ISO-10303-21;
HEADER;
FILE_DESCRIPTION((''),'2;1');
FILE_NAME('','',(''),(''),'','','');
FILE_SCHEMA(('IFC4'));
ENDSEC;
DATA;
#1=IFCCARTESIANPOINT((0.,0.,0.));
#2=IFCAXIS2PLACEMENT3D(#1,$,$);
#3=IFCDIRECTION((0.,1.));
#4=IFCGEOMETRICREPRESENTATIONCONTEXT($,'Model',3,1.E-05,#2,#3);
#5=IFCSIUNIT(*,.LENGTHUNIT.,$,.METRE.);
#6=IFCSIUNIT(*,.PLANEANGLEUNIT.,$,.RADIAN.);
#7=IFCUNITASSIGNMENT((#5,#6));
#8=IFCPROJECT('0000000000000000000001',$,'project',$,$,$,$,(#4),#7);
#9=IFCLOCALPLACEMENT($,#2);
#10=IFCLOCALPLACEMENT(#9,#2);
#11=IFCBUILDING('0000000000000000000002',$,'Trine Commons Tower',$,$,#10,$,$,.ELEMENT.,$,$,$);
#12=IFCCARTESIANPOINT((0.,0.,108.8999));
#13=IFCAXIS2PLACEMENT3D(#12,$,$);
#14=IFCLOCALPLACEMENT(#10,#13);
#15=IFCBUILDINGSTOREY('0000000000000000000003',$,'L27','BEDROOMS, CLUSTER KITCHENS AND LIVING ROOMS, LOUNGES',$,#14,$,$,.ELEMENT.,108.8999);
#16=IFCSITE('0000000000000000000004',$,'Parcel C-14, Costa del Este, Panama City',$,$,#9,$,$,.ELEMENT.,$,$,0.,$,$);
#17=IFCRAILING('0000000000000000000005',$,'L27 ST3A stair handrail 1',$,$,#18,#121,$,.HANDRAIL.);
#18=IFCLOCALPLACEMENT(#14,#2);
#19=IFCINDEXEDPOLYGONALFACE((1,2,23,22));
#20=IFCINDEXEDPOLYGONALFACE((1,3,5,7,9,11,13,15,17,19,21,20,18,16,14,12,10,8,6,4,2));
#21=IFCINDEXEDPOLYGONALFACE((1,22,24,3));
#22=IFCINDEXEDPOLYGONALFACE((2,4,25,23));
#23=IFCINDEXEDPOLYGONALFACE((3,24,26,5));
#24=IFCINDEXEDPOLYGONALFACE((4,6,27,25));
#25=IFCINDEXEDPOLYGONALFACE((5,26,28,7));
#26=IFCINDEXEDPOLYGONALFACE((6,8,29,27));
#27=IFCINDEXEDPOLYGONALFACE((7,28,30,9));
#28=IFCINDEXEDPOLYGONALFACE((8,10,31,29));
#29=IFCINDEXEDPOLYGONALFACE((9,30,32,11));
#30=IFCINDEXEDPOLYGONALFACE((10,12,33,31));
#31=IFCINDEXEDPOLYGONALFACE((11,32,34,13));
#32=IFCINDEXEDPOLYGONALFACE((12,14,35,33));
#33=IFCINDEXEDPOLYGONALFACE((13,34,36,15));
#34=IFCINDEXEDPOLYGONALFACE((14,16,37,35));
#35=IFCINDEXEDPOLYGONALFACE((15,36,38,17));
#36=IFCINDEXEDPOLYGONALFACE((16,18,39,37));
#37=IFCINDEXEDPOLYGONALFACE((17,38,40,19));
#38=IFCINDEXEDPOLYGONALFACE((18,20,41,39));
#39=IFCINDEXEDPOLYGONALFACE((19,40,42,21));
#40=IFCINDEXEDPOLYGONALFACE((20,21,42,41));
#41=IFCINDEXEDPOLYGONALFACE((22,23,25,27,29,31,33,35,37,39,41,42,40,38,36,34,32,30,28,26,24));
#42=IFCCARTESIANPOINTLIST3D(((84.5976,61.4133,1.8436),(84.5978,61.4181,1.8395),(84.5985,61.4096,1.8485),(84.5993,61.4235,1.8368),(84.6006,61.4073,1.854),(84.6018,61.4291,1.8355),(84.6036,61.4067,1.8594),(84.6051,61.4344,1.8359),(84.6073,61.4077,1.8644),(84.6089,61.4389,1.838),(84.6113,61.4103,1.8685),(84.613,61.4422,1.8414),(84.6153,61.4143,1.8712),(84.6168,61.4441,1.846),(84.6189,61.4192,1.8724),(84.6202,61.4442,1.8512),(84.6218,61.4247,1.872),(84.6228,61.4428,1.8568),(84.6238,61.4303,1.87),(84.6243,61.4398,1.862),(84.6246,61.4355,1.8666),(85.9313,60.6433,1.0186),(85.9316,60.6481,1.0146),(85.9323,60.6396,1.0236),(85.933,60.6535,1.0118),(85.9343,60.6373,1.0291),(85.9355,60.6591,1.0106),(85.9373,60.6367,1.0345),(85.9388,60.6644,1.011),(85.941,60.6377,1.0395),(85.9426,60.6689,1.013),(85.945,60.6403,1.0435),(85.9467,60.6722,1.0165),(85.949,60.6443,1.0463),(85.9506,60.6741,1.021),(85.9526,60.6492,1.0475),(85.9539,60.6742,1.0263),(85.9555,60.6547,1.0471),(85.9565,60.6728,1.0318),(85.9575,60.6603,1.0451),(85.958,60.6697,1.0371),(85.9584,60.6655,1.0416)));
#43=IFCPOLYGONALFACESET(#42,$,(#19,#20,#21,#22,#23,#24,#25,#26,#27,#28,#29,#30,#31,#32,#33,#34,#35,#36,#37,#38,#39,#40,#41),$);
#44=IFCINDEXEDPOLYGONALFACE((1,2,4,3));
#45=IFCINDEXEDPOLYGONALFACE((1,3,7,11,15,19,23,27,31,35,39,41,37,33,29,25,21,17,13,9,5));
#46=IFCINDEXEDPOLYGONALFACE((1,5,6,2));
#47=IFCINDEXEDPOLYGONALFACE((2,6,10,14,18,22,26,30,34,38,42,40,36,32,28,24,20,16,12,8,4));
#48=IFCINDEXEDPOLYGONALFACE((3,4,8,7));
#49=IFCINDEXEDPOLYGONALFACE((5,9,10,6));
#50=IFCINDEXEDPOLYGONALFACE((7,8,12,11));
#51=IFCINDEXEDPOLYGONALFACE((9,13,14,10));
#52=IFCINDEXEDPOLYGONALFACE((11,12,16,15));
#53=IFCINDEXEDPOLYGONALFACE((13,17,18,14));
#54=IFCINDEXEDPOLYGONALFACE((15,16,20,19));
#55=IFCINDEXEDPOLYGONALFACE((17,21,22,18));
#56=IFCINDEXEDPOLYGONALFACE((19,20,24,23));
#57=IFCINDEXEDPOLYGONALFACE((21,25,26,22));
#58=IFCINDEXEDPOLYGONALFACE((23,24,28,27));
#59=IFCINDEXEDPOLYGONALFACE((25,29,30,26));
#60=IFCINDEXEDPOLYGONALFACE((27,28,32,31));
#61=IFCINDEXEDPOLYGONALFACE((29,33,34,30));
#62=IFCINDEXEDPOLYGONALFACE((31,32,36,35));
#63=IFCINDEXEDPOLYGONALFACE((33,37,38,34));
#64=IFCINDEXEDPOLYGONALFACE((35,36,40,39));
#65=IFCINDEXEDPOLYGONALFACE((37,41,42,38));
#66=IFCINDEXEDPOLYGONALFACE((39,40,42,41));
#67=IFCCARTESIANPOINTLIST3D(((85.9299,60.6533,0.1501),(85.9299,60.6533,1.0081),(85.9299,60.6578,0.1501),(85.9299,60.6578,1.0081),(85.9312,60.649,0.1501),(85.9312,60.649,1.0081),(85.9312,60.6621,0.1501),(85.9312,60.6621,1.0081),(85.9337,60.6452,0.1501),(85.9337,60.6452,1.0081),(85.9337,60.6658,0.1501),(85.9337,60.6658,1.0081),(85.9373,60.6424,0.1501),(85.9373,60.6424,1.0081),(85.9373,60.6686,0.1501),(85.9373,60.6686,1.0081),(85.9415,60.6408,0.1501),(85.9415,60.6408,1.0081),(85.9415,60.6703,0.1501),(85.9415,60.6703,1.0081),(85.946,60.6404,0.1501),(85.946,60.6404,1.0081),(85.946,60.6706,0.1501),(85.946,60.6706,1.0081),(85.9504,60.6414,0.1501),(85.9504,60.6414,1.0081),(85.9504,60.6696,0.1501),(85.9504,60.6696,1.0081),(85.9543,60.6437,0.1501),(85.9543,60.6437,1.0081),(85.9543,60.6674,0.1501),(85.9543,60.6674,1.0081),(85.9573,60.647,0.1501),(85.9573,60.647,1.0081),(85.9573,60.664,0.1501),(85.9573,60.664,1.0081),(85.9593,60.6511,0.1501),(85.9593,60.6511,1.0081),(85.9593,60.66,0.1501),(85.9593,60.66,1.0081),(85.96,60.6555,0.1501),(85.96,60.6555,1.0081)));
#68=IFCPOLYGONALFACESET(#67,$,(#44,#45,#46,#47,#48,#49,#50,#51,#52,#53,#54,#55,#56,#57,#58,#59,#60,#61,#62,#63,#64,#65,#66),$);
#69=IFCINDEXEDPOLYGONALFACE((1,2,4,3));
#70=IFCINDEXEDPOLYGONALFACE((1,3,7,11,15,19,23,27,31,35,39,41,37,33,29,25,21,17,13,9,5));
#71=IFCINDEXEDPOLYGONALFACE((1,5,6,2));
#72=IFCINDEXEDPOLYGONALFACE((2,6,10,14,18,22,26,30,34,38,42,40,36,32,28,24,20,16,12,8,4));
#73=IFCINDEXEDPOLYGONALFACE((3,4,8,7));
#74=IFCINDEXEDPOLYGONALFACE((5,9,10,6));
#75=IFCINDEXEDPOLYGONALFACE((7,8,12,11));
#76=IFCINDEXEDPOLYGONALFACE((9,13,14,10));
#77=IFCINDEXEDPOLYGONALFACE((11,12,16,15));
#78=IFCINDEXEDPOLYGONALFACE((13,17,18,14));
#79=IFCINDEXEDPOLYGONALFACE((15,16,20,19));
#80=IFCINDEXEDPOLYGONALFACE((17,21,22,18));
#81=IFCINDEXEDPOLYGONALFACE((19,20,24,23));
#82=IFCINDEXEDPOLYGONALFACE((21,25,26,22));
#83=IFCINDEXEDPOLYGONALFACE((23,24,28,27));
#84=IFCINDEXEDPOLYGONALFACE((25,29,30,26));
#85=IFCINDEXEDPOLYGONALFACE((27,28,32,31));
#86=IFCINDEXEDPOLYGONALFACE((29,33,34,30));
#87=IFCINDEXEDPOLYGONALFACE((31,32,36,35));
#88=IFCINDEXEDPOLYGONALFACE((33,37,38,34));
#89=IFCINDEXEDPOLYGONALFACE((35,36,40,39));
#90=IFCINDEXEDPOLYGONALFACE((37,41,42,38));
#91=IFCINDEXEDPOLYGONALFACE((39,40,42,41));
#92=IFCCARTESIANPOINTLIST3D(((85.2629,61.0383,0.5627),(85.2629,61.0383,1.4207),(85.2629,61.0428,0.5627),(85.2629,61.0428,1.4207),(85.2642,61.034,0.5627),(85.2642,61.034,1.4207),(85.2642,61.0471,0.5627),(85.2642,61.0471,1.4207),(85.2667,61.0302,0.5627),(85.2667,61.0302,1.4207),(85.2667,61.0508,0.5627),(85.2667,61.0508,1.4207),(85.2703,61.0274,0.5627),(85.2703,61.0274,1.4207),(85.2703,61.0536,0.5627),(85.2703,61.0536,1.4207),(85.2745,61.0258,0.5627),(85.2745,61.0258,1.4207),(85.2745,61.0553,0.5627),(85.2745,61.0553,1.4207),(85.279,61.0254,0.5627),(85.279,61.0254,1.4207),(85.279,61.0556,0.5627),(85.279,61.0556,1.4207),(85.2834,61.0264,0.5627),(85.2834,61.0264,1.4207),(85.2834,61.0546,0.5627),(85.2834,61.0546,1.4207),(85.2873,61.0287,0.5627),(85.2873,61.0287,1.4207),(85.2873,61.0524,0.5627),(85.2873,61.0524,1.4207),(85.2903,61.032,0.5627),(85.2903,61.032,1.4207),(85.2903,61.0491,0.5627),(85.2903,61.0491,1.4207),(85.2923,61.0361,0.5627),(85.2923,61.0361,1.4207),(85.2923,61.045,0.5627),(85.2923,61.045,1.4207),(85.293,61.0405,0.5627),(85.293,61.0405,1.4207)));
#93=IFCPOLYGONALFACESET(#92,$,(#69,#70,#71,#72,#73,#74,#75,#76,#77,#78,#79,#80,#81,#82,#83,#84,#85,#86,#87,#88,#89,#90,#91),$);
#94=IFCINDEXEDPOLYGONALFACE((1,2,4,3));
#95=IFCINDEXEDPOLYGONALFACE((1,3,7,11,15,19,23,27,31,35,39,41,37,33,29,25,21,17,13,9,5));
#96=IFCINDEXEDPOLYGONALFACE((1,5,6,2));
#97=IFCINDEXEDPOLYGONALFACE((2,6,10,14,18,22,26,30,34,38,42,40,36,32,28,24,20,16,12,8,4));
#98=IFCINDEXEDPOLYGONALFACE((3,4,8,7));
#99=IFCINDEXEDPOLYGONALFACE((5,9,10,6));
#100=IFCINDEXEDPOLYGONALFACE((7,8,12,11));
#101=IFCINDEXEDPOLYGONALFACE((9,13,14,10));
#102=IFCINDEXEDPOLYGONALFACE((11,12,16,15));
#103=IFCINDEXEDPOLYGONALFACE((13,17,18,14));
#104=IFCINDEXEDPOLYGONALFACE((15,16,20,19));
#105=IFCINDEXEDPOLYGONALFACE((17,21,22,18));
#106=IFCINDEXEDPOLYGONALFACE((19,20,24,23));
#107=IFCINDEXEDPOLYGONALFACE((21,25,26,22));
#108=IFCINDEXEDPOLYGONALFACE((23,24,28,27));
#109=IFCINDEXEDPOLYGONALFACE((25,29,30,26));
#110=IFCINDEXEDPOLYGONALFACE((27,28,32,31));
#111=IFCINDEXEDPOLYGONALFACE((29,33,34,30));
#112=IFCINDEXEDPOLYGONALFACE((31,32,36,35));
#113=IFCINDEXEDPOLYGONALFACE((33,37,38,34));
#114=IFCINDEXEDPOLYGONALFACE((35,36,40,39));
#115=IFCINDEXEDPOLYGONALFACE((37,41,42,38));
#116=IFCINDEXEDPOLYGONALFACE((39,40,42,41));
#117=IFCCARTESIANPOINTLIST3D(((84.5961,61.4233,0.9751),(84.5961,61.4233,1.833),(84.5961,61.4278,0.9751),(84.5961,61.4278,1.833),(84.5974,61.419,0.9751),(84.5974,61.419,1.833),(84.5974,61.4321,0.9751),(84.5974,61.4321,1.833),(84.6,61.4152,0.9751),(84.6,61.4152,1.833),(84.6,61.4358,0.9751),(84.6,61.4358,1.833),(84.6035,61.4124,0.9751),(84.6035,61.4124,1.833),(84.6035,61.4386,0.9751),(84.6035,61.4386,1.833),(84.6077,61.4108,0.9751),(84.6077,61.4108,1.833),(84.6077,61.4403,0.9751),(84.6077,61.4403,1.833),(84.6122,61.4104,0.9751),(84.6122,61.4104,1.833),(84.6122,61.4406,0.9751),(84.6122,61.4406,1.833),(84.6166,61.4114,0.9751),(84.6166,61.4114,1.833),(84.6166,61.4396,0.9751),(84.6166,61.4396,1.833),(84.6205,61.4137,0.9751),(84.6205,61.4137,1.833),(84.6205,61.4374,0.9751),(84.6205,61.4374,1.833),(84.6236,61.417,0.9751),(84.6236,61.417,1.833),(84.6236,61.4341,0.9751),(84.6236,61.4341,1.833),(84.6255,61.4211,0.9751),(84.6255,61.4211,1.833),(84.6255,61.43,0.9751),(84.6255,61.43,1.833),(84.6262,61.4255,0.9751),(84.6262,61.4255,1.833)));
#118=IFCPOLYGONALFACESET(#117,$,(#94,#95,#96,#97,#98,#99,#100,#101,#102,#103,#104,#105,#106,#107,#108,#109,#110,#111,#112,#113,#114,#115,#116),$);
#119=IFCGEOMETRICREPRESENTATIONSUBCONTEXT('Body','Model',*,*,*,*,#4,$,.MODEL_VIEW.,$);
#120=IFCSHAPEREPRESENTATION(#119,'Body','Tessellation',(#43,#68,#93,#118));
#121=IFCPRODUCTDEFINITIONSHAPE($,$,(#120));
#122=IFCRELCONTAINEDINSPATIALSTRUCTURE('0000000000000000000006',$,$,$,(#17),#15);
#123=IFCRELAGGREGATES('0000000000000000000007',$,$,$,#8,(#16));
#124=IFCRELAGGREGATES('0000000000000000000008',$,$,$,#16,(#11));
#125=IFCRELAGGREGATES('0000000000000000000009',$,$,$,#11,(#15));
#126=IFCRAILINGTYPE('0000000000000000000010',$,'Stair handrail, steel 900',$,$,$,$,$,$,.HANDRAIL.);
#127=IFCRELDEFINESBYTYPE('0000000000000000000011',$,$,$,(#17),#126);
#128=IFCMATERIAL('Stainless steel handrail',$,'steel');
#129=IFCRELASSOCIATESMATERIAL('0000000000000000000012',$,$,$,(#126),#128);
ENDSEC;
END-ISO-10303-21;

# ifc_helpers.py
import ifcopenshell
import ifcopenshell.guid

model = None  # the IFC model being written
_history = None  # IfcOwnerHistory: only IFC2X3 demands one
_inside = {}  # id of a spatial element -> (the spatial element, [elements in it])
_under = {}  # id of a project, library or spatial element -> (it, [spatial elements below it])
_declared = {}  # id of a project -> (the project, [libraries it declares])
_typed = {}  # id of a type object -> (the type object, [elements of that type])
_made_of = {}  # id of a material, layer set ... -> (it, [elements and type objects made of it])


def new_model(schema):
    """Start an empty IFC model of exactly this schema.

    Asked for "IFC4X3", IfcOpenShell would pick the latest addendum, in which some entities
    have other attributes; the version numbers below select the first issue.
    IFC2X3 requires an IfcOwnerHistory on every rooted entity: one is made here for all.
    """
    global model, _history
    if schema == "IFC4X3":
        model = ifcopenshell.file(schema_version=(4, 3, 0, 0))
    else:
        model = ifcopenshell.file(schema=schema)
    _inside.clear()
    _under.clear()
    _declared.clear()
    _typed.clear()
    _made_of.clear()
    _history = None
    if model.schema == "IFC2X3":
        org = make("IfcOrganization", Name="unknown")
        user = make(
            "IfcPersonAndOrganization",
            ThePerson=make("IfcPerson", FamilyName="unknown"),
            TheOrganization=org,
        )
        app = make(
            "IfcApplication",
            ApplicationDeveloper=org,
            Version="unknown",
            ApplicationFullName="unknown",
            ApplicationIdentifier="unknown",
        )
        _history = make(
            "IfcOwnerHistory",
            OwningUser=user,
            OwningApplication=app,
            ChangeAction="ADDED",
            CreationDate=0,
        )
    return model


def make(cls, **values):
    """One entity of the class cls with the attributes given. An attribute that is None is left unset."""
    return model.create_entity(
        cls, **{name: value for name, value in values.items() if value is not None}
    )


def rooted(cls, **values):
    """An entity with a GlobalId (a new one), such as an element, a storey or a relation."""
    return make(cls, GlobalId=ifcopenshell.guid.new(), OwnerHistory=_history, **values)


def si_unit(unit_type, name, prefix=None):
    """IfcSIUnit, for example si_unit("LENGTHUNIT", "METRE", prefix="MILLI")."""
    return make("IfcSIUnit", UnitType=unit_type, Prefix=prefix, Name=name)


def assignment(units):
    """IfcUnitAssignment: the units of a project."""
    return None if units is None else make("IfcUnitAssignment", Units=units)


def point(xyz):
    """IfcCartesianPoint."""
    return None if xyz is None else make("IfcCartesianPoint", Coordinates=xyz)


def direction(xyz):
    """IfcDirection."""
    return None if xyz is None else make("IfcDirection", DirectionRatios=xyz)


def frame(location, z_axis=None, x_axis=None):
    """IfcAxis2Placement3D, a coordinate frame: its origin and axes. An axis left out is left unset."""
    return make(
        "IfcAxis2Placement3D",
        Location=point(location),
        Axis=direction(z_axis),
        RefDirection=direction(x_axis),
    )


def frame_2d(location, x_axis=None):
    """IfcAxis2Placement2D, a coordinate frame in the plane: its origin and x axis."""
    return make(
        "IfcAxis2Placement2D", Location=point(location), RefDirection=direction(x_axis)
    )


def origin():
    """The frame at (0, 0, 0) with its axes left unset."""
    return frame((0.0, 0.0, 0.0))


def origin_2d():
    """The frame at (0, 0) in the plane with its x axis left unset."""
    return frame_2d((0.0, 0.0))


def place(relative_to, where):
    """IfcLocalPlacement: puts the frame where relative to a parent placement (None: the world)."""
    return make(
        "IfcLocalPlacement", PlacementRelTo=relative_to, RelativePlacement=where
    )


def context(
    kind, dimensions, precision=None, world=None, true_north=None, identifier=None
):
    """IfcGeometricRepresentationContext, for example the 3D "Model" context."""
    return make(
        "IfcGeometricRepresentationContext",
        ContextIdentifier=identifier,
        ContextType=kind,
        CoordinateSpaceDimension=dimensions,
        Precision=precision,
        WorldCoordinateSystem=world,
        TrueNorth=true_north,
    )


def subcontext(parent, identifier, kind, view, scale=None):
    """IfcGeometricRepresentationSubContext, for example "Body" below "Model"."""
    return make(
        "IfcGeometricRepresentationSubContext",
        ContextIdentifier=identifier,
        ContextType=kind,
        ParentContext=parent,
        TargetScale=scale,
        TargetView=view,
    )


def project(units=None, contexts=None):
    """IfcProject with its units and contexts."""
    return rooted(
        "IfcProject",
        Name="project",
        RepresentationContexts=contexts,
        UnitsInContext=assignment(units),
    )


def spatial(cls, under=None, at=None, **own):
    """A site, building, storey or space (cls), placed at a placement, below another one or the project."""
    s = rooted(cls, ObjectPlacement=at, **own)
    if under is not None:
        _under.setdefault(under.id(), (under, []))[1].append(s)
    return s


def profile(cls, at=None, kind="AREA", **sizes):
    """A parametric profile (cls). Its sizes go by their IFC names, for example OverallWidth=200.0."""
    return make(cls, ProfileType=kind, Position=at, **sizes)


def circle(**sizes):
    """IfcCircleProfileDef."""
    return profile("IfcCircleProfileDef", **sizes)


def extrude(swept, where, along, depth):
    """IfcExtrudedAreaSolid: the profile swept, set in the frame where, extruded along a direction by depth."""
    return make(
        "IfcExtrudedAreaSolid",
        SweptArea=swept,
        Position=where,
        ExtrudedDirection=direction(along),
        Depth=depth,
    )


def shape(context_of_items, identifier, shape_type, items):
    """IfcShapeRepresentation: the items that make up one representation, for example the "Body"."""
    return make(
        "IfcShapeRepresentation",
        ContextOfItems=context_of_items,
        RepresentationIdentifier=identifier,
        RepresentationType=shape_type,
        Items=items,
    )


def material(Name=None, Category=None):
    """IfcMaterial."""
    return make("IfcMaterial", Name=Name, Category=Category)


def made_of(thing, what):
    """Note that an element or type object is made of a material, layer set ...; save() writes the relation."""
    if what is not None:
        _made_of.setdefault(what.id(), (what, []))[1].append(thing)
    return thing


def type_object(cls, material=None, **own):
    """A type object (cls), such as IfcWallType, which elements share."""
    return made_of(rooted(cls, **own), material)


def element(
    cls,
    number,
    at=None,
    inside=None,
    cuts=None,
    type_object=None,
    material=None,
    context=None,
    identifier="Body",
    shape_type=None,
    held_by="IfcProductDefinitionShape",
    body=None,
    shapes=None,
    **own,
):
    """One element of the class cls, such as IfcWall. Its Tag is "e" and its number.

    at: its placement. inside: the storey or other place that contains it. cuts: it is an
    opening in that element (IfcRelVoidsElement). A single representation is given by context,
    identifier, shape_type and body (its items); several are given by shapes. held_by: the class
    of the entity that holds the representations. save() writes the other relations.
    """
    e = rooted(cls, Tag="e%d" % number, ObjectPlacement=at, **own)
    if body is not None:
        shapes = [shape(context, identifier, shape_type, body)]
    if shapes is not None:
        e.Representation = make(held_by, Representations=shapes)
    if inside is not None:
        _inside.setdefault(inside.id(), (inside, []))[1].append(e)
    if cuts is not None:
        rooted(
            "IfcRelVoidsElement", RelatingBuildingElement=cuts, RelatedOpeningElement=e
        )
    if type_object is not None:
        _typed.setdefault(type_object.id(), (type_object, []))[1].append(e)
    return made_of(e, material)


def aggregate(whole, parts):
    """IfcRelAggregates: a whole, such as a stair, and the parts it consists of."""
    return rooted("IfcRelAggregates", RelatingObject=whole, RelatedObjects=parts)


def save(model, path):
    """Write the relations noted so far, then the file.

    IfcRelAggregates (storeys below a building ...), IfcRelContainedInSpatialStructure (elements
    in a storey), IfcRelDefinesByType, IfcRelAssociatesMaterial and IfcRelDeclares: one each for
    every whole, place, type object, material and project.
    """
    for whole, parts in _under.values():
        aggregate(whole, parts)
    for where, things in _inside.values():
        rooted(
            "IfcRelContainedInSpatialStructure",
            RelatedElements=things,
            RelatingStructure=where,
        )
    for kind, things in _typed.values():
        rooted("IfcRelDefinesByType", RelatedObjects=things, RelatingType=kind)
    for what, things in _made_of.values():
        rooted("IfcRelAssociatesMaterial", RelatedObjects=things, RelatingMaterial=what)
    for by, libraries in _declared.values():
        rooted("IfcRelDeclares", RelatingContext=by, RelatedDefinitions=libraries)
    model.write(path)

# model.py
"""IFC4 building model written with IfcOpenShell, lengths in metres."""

from ifc_helpers import new_model, si_unit, direction, frame, origin, origin_2d, place, context, subcontext, project, spatial, circle, extrude, material, type_object, element, save


model = new_model("IFC4")

# Units and contexts
model_context = context("Model", 3, precision=1e-05, world=origin(), true_north=direction((0.0, 1.0)))
body_context = subcontext(model_context, "Body", "Model", "MODEL_VIEW")
ifc_project = project(units=[si_unit("LENGTHUNIT", "METRE"), si_unit("PLANEANGLEUNIT", "RADIAN")], contexts=[model_context])

# Site, building, storey
site_placement = place(None, origin())
site = spatial("IfcSite", under=ifc_project, at=site_placement, Name="Parcel C-14, Costa del Este, Panama City", CompositionType="ELEMENT", RefElevation=0.0)
building_placement = place(site_placement, origin())
building = spatial("IfcBuilding", under=site, at=building_placement, Name="Trine Commons Tower", CompositionType="ELEMENT")
storey_placement = place(building_placement, frame((0.0, 0.0, 108.8999)))
storey = spatial("IfcBuildingStorey", under=building, at=storey_placement, Name="L27", Description="BEDROOMS, CLUSTER KITCHENS AND LIVING ROOMS, LOUNGES", CompositionType="ELEMENT", Elevation=108.8999)

# Railing
ifc_material_1 = material(Name="Stainless steel handrail", Category="steel")
railing_type_1 = type_object("IfcRailingType", Name="Stair handrail, steel 900", PredefinedType="HANDRAIL", material=ifc_material_1)
railing_1_placement = place(storey_placement, frame((85.9448, 60.6555, 0.1501)))
element("IfcRailing", 1, at=railing_1_placement, inside=storey, type_object=railing_type_1, Name="L27 ST3A stair handrail 1", PredefinedType="HANDRAIL", context=body_context, shape_type="SweptSolid", body=[
    extrude(circle(Radius=0.021, at=origin_2d()), frame((0.0, 0.0, 0.8789), z_axis=(-0.763405, 0.440743, 0.472185), x_axis=(-0.499992, -0.86603, 0.0)), (0.0, 0.0, 1.0), 1.7471),
    extrude(circle(Radius=0.0151, at=origin_2d()), origin(), (0.0, 0.0, 1.0), 0.8579),
    extrude(circle(Radius=0.0151, at=origin_2d()), frame((-0.667, 0.385, 0.4126)), (0.0, 0.0, 1.0), 0.8579),
    extrude(circle(Radius=0.0151, at=origin_2d()), frame((-1.3337, 0.77, 0.825)), (0.0, 0.0, 1.0), 0.8579),
])

save(model, "model.ifc")
